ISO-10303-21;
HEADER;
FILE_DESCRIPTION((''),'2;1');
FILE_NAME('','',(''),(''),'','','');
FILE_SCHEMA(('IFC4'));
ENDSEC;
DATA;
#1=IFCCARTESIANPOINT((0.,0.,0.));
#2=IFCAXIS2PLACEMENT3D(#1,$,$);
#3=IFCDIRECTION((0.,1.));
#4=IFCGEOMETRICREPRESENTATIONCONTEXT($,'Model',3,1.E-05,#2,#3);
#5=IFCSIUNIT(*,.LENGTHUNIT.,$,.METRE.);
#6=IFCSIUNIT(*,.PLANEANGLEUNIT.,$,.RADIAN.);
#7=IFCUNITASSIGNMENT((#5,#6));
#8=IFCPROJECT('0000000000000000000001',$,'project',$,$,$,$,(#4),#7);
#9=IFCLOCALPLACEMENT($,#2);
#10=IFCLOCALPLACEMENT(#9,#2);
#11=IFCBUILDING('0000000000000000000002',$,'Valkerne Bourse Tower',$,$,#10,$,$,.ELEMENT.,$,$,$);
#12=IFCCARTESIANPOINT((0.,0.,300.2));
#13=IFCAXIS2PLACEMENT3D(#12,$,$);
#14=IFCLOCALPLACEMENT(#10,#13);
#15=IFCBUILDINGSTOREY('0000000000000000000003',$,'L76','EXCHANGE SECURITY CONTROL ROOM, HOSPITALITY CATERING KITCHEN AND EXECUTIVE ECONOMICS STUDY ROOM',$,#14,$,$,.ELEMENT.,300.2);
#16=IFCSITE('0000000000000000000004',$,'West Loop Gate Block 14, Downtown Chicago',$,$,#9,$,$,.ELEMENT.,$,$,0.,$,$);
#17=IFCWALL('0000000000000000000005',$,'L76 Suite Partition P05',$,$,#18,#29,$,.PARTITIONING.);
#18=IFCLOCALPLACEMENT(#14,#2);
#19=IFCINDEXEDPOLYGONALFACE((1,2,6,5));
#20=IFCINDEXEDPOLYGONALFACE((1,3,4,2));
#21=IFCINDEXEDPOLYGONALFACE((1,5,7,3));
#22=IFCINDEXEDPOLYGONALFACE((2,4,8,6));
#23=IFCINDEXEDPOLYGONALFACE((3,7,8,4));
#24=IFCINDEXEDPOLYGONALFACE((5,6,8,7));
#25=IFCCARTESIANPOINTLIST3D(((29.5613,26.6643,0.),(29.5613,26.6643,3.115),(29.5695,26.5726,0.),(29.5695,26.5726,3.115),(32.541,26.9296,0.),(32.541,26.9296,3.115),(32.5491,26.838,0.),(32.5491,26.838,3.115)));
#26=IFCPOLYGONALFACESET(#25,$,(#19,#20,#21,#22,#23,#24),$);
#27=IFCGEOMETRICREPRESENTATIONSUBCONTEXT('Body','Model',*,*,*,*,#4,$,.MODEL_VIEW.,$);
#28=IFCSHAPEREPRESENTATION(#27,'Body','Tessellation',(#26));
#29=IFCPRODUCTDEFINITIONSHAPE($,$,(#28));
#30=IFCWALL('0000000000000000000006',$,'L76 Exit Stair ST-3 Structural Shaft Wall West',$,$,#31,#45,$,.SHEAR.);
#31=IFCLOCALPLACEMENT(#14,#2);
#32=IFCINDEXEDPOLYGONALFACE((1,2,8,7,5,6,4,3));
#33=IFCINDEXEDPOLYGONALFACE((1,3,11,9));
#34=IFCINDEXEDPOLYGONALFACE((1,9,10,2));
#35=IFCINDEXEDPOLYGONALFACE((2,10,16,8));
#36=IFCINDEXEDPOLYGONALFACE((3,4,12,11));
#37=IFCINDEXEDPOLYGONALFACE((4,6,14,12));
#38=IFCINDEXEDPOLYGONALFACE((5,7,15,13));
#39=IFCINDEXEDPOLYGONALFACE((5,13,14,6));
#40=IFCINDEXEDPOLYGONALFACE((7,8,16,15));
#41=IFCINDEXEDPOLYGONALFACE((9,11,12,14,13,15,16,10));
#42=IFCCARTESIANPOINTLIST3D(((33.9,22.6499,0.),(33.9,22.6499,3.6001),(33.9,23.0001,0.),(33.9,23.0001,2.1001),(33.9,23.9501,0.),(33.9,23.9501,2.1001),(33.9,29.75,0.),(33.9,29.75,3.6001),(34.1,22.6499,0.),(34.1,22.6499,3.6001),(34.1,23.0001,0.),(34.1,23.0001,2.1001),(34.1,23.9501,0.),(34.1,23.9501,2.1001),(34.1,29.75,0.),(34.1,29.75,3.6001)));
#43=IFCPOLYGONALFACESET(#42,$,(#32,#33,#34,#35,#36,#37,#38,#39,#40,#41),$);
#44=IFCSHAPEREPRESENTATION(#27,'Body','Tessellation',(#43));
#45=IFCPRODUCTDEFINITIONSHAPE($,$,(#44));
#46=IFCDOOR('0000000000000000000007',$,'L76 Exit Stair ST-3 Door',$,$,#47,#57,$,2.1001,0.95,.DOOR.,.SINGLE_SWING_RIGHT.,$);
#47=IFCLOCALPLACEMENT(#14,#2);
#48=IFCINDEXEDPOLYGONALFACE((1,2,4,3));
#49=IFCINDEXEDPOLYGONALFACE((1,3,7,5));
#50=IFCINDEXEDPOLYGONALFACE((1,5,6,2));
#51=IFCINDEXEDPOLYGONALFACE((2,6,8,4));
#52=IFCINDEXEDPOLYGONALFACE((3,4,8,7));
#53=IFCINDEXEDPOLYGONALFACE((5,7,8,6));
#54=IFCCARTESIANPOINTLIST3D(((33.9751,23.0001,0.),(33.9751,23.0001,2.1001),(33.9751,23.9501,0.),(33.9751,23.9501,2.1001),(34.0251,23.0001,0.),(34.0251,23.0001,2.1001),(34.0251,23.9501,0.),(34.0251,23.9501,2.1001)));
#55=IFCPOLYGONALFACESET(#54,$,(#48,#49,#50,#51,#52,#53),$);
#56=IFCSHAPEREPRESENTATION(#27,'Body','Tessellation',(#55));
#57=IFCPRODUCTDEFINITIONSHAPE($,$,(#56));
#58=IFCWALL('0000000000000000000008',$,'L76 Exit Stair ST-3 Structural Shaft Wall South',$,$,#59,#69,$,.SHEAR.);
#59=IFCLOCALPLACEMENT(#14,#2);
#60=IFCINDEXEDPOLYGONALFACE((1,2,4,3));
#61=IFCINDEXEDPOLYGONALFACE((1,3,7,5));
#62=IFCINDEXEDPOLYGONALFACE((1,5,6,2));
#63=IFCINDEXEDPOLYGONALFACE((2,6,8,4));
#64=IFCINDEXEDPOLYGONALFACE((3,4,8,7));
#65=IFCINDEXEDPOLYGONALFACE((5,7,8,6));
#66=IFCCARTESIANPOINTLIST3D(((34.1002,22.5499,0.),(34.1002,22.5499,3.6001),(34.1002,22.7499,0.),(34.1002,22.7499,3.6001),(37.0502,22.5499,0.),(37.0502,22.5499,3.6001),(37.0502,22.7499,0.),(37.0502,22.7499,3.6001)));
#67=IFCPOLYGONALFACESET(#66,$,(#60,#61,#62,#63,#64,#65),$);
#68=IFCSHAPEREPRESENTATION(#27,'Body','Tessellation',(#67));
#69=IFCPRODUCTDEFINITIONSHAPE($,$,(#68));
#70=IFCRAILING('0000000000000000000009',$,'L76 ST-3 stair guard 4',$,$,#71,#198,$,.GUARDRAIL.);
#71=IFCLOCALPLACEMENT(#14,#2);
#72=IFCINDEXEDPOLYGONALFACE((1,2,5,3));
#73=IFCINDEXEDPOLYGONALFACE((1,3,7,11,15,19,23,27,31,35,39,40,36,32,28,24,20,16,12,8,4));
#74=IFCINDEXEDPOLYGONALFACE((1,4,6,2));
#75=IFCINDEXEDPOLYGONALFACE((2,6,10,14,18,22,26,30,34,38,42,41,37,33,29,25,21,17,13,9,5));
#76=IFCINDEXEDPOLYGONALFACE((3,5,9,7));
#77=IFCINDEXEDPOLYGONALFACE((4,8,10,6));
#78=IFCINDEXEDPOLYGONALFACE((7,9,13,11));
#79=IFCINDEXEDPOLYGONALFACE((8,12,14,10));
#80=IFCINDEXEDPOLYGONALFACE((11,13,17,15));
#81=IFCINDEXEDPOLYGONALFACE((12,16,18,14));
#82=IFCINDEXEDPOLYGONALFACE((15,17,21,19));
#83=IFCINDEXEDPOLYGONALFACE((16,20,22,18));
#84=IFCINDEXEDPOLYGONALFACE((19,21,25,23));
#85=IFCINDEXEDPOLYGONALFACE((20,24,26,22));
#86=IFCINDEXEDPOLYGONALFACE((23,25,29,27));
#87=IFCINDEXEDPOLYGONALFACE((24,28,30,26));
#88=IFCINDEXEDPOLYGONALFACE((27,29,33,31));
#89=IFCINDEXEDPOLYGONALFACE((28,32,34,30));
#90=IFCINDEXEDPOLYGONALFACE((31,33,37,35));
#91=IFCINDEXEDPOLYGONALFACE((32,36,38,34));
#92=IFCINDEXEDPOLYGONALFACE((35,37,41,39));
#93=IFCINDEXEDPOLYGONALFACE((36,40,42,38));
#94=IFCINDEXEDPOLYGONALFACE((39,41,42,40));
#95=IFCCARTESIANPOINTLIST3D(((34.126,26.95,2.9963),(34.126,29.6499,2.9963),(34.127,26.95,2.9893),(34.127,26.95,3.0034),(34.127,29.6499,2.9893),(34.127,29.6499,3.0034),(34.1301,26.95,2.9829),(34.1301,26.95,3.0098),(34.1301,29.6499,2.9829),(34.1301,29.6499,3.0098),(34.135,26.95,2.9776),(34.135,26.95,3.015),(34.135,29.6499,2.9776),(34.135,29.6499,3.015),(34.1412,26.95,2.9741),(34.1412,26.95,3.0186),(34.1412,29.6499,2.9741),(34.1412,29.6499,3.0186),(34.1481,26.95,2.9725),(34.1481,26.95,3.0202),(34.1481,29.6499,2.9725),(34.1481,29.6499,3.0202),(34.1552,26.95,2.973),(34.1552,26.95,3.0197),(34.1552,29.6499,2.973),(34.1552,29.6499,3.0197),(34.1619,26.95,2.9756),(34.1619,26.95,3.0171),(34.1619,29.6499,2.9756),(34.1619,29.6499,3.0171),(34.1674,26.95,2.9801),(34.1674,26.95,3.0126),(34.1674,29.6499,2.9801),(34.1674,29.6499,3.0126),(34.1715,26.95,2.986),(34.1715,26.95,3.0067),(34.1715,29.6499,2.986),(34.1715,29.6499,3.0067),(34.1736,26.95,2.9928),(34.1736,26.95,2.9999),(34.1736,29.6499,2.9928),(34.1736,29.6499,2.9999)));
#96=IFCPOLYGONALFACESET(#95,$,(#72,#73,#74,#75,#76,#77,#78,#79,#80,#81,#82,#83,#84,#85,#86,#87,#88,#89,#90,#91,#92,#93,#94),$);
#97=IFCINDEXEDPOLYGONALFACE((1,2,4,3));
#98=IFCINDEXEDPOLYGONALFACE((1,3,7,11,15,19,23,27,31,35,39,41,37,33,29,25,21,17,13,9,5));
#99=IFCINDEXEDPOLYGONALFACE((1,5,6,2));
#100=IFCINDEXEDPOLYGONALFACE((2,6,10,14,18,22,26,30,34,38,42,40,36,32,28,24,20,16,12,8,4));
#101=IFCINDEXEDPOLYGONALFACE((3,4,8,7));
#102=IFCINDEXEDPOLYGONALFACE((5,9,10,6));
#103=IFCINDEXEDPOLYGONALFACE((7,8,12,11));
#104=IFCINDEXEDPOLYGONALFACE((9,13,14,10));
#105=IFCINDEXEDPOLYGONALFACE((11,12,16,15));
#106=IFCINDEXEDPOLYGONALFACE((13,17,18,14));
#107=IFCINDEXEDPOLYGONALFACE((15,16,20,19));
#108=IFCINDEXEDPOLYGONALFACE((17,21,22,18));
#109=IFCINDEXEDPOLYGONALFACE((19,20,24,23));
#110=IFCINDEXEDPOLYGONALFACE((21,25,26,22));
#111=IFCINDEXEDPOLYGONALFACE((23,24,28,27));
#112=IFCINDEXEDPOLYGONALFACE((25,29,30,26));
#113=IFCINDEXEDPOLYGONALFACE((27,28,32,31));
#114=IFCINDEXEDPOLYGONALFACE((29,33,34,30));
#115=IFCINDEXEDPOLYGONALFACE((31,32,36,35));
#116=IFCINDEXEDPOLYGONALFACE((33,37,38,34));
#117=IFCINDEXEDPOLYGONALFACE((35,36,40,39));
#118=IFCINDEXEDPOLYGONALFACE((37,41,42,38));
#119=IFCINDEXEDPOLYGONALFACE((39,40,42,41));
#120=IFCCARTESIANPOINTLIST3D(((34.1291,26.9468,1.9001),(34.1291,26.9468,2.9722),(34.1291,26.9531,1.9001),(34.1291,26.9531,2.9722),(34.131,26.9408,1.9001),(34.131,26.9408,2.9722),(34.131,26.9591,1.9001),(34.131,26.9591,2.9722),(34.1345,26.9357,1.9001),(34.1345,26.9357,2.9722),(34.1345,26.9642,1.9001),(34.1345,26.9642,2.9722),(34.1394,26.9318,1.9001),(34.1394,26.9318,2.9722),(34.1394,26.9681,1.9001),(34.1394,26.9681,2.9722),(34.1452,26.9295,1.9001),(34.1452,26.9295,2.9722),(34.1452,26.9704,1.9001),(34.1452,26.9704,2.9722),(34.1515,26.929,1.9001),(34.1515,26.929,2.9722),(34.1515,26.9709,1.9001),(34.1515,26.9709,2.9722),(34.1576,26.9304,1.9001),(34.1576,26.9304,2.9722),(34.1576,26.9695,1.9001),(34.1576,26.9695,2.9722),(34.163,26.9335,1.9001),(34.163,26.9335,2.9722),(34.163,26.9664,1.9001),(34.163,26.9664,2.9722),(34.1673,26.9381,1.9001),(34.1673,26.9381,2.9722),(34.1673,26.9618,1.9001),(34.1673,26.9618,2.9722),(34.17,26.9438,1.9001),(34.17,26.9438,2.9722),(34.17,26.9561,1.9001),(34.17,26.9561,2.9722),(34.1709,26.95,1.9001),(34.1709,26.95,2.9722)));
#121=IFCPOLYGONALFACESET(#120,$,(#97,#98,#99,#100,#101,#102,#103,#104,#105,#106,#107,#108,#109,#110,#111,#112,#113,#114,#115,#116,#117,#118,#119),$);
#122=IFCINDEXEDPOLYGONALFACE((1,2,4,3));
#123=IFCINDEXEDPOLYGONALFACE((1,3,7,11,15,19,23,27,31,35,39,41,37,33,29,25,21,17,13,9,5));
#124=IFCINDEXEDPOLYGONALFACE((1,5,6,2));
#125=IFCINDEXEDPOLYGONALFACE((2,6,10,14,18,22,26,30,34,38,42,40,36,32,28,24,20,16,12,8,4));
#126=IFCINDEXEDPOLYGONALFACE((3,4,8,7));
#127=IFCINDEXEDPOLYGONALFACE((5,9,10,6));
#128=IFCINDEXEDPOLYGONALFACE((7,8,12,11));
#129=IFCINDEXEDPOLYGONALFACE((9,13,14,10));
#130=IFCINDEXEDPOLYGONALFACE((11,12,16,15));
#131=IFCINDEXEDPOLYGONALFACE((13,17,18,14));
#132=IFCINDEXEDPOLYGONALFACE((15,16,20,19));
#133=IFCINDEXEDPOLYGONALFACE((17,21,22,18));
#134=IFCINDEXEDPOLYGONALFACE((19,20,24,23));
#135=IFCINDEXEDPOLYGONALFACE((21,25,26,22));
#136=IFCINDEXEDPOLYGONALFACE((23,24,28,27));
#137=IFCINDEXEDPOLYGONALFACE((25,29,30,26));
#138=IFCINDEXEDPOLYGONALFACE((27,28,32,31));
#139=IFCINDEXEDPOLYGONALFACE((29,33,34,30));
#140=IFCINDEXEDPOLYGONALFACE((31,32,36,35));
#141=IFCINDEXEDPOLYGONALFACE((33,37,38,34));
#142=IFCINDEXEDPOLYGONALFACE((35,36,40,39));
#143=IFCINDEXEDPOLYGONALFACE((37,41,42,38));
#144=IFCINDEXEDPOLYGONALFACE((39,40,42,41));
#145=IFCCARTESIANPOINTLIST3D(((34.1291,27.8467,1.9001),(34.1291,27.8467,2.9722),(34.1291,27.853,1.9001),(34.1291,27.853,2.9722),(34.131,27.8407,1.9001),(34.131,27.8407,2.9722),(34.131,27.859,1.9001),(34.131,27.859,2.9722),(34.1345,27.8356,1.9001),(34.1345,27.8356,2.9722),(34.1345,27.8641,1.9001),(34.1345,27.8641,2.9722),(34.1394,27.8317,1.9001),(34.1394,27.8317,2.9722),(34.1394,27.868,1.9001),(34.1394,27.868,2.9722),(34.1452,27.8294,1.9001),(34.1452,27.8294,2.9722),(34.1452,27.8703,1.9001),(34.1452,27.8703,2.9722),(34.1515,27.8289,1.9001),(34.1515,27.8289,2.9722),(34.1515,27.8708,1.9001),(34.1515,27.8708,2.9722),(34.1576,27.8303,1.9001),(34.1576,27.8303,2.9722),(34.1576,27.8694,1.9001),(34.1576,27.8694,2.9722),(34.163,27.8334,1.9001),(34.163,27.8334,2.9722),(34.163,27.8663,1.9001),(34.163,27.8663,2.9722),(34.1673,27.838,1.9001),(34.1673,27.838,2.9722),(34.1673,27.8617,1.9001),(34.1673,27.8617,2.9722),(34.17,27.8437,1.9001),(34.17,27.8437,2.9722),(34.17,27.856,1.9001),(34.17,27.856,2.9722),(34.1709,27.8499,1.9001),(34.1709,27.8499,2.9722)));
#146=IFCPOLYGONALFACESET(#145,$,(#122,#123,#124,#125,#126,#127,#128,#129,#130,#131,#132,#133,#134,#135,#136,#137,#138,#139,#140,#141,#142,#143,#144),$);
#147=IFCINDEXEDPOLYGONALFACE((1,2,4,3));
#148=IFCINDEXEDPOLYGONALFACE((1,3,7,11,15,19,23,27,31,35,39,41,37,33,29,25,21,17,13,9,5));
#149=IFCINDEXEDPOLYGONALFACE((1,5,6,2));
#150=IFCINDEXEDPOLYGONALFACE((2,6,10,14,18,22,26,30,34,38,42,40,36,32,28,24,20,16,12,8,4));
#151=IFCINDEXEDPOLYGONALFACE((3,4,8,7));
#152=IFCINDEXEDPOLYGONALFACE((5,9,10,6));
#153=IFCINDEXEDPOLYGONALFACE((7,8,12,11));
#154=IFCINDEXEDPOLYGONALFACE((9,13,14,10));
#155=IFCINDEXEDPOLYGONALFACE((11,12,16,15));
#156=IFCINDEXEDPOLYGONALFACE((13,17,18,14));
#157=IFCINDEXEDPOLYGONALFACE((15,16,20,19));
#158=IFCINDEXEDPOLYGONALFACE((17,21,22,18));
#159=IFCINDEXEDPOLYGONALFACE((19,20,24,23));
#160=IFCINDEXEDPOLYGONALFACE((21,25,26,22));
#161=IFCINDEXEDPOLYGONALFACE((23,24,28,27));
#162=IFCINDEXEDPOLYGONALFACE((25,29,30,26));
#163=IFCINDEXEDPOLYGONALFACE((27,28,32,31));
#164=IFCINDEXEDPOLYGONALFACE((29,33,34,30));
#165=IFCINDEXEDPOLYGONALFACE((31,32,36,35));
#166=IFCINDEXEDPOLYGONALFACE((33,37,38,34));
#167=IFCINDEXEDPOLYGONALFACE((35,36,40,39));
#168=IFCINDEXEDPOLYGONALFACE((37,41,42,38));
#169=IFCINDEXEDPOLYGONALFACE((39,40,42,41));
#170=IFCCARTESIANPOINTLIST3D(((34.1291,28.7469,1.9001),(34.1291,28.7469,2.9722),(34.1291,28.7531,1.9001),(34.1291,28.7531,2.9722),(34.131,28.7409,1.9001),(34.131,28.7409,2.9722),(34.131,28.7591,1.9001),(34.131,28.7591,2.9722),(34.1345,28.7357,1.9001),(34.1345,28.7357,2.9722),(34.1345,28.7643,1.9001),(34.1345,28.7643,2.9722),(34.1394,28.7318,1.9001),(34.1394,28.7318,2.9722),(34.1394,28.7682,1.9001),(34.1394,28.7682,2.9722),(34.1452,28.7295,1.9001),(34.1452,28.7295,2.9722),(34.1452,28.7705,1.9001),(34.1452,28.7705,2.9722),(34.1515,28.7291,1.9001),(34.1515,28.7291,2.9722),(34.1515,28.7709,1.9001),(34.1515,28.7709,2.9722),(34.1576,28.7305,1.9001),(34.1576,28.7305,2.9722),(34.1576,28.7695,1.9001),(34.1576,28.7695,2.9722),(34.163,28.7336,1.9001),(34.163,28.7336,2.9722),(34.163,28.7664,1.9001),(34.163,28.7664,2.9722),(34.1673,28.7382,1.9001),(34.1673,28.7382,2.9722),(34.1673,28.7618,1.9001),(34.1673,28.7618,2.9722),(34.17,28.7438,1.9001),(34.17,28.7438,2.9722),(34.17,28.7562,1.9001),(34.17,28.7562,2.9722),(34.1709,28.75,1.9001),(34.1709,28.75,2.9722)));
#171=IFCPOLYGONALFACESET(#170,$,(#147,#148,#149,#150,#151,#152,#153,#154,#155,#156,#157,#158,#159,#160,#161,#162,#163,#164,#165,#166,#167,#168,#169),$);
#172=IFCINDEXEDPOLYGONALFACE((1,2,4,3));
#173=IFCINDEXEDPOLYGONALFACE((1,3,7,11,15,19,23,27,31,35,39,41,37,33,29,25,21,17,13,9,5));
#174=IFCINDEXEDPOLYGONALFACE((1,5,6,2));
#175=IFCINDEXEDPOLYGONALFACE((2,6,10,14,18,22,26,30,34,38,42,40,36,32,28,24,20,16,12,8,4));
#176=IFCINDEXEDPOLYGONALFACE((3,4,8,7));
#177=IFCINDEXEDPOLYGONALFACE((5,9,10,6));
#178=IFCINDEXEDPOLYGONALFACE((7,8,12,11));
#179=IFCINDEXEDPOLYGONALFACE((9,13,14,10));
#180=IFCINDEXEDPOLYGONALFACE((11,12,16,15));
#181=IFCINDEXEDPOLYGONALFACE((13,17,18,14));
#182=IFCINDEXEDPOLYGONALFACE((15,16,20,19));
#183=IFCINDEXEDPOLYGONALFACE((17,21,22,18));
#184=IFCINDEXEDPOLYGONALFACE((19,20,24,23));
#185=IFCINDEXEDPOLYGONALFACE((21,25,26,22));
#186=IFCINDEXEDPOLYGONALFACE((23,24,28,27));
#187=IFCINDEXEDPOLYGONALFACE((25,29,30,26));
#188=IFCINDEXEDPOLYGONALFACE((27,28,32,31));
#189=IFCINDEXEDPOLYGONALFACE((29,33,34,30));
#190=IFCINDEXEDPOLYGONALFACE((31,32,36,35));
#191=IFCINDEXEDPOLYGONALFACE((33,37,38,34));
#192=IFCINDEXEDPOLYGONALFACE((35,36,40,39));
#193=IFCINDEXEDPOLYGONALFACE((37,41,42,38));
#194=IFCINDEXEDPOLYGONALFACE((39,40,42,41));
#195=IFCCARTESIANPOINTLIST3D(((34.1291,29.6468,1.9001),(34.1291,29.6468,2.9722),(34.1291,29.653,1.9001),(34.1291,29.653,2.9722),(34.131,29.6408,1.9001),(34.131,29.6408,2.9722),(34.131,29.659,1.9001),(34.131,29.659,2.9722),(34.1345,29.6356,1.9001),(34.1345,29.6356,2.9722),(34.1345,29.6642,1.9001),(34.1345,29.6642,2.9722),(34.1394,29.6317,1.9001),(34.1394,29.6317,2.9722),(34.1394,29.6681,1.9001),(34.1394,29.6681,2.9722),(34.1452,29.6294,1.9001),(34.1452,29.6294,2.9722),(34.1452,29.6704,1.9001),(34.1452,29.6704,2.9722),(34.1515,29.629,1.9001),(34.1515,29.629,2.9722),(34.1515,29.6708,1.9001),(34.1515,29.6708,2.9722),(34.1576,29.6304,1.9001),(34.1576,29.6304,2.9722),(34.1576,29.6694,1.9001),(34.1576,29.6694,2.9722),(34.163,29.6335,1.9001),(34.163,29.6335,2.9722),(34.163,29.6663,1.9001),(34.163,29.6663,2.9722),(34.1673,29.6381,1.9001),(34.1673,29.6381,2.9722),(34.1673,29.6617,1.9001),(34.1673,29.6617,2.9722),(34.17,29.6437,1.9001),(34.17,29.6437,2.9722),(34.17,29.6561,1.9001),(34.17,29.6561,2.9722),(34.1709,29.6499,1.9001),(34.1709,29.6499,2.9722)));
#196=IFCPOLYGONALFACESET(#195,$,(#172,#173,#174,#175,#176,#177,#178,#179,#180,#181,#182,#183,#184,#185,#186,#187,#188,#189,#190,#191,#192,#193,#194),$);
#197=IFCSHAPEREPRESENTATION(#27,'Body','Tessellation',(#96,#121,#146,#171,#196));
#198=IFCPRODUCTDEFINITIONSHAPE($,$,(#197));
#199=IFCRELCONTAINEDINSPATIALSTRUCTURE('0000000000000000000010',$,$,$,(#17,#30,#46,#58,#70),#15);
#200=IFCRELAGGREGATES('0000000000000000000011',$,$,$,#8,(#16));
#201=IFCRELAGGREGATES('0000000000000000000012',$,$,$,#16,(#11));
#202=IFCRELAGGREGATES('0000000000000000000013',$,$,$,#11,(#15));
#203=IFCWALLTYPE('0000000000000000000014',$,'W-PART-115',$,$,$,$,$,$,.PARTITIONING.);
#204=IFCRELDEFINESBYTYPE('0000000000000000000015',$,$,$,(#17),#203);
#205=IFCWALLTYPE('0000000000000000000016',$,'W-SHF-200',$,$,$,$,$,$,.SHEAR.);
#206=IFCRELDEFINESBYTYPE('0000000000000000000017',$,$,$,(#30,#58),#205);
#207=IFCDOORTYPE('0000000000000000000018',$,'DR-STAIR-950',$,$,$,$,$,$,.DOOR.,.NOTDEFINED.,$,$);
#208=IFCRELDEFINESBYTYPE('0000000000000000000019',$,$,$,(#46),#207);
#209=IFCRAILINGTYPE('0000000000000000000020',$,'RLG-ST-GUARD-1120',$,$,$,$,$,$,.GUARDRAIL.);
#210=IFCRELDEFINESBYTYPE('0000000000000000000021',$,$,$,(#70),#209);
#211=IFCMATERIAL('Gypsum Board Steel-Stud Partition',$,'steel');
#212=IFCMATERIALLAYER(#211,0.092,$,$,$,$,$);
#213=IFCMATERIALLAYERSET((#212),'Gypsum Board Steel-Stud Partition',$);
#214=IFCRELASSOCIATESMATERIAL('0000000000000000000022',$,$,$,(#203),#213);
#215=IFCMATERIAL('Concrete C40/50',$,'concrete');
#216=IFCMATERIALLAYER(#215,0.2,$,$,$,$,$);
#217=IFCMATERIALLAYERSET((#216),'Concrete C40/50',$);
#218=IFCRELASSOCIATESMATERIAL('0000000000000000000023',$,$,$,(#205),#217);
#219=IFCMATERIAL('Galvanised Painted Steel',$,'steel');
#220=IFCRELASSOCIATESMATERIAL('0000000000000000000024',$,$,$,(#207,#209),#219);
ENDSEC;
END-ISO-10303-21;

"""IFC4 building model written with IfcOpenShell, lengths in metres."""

from ifc_helpers import new_model, si_unit, direction, frame, frame_2d, origin, origin_2d, place, context, subcontext, project, spatial, rectangle, circle, extrude, material, layer, layer_set, type_object, element, fill, save


model = new_model("IFC4")

# Units and contexts
model_context = context("Model", 3, precision=1e-05, world=origin(), true_north=direction((0.0, 1.0)))
body_context = subcontext(model_context, "Body", "Model", "MODEL_VIEW")
ifc_project = project(units=[si_unit("LENGTHUNIT", "METRE"), si_unit("PLANEANGLEUNIT", "RADIAN")], contexts=[model_context])

# Site, building, storey
site_placement = place(None, origin())
site = spatial("IfcSite", under=ifc_project, at=site_placement, Name="West Loop Gate Block 14, Downtown Chicago", CompositionType="ELEMENT", RefElevation=0.0)
building_placement = place(site_placement, origin())
building = spatial("IfcBuilding", under=site, at=building_placement, Name="Valkerne Bourse Tower", CompositionType="ELEMENT")
storey_placement = place(building_placement, frame((0.0, 0.0, 300.2)))
storey = spatial("IfcBuildingStorey", under=building, at=storey_placement, Name="L76", Description="EXCHANGE SECURITY CONTROL ROOM, HOSPITALITY CATERING KITCHEN AND EXECUTIVE ECONOMICS STUDY ROOM", CompositionType="ELEMENT", Elevation=300.2)

# Shared definitions
ifc_material_1 = material(Name="Gypsum Board Steel-Stud Partition", Category="steel")

# Wall
ifc_layer_1 = layer(ifc_material_1, 0.092)
ifc_layer_set_1 = layer_set([ifc_layer_1], Name="Gypsum Board Steel-Stud Partition")
wall_type_1 = type_object("IfcWallType", Name="W-PART-115", PredefinedType="PARTITIONING", material=ifc_layer_set_1)
wall_1_placement = place(storey_placement, frame((32.5449, 26.8838, 0.0), z_axis=(0.0, 0.0, 1.0), x_axis=(-0.996057, -0.088711, 0.0)))
element("IfcWall", 1, at=wall_1_placement, inside=storey, type_object=wall_type_1, Name="L76 Suite Partition P05", PredefinedType="PARTITIONING", context=body_context, shape_type="SweptSolid", body=[
    extrude(rectangle(XDim=2.9915, YDim=0.092, at=frame_2d((1.4956, 0.0))), origin(), (0.0, 0.0, 1.0), 3.115),
])

# Wall, opening, door
ifc_material_2 = material(Name="Concrete C40/50", Category="concrete")
ifc_layer_2 = layer(ifc_material_2, 0.2)
ifc_layer_set_2 = layer_set([ifc_layer_2], Name="Concrete C40/50")
wall_type_2 = type_object("IfcWallType", Name="W-SHF-200", PredefinedType="SHEAR", material=ifc_layer_set_2)
wall_2_placement = place(storey_placement, frame((34.0, 22.6499, 0.0), z_axis=(0.0, 0.0, 1.0), x_axis=(0.0, 1.0, 0.0)))
wall_2 = element("IfcWall", 2, at=wall_2_placement, inside=storey, type_object=wall_type_2, Name="L76 Exit Stair ST-3 Structural Shaft Wall West", PredefinedType="SHEAR", context=body_context, shape_type="SweptSolid", body=[
    extrude(rectangle(XDim=7.1001, YDim=0.2, at=frame_2d((3.55, 0.0))), origin(), (0.0, 0.0, 1.0), 3.6001),
])
opening_1_placement = place(wall_2_placement, frame((0.3501, 0.0, 0.0)))
opening_1 = element("IfcOpeningElement", 3, at=opening_1_placement, cuts=wall_2, PredefinedType="OPENING", context=body_context, shape_type="SweptSolid", body=[
    extrude(rectangle(XDim=0.95, YDim=2.1001, at=frame_2d((0.4751, 1.05))), frame((0.0, 0.1099, 0.0), z_axis=(0.0, -1.0, 0.0), x_axis=(1.0, 0.0, 0.0)), (0.0, 0.0, 1.0), 0.22),
])
ifc_material_3 = material(Name="Galvanised Painted Steel", Category="steel")
door_type_1 = type_object("IfcDoorType", Name="DR-STAIR-950", OperationType="NOTDEFINED", PredefinedType="DOOR", material=ifc_material_3)
door_1_placement = place(opening_1_placement, origin())
door_1 = element("IfcDoor", 4, at=door_1_placement, inside=storey, type_object=door_type_1, Name="L76 Exit Stair ST-3 Door", OperationType="SINGLE_SWING_RIGHT", OverallHeight=2.1001, OverallWidth=0.95, PredefinedType="DOOR", context=body_context, shape_type="SweptSolid", body=[
    extrude(rectangle(XDim=0.95, YDim=2.1001, at=frame_2d((0.4751, 1.05))), frame((0.0, 0.0249, 0.0), z_axis=(0.0, -1.0, 0.0), x_axis=(1.0, 0.0, 0.0)), (0.0, 0.0, 1.0), 0.05),
])
fill(opening_1, door_1)

# Wall
wall_3_placement = place(storey_placement, frame((34.1001, 22.6499, 0.0), z_axis=(0.0, 0.0, 1.0), x_axis=(1.0, 0.0, 0.0)))
element("IfcWall", 5, at=wall_3_placement, inside=storey, type_object=wall_type_2, Name="L76 Exit Stair ST-3 Structural Shaft Wall South", PredefinedType="SHEAR", context=body_context, shape_type="SweptSolid", body=[
    extrude(rectangle(XDim=2.95, YDim=0.2, at=frame_2d((1.4751, 0.0))), origin(), (0.0, 0.0, 1.0), 3.6001),
])

# Railing
railing_type = type_object("IfcRailingType", Name="RLG-ST-GUARD-1120", PredefinedType="GUARDRAIL", material=ifc_material_3)
railing_1_placement = place(storey_placement, frame((34.1499, 26.95, 1.9001)))
element("IfcRailing", 6, at=railing_1_placement, inside=storey, type_object=railing_type, Name="L76 ST-3 stair guard 4", PredefinedType="GUARDRAIL", context=body_context, shape_type="SweptSolid", body=[
    extrude(circle(Radius=0.0239, at=origin_2d()), frame((0.0, 0.0, 1.0962), z_axis=(0.0, 1.0, 0.0), x_axis=(-1.0, 0.0, 0.0)), (0.0, 0.0, 1.0), 2.7),
    extrude(circle(Radius=0.021, at=origin_2d()), origin(), (0.0, 0.0, 1.0), 1.072),
    extrude(circle(Radius=0.021, at=origin_2d()), frame((0.0, 0.8999, 0.0)), (0.0, 0.0, 1.0), 1.072),
    extrude(circle(Radius=0.021, at=origin_2d()), frame((0.0, 1.8, 0.0)), (0.0, 0.0, 1.0), 1.072),
    extrude(circle(Radius=0.021, at=origin_2d()), frame((0.0, 2.7, 0.0)), (0.0, 0.0, 1.0), 1.072),
])

save(model, "model.ifc")
